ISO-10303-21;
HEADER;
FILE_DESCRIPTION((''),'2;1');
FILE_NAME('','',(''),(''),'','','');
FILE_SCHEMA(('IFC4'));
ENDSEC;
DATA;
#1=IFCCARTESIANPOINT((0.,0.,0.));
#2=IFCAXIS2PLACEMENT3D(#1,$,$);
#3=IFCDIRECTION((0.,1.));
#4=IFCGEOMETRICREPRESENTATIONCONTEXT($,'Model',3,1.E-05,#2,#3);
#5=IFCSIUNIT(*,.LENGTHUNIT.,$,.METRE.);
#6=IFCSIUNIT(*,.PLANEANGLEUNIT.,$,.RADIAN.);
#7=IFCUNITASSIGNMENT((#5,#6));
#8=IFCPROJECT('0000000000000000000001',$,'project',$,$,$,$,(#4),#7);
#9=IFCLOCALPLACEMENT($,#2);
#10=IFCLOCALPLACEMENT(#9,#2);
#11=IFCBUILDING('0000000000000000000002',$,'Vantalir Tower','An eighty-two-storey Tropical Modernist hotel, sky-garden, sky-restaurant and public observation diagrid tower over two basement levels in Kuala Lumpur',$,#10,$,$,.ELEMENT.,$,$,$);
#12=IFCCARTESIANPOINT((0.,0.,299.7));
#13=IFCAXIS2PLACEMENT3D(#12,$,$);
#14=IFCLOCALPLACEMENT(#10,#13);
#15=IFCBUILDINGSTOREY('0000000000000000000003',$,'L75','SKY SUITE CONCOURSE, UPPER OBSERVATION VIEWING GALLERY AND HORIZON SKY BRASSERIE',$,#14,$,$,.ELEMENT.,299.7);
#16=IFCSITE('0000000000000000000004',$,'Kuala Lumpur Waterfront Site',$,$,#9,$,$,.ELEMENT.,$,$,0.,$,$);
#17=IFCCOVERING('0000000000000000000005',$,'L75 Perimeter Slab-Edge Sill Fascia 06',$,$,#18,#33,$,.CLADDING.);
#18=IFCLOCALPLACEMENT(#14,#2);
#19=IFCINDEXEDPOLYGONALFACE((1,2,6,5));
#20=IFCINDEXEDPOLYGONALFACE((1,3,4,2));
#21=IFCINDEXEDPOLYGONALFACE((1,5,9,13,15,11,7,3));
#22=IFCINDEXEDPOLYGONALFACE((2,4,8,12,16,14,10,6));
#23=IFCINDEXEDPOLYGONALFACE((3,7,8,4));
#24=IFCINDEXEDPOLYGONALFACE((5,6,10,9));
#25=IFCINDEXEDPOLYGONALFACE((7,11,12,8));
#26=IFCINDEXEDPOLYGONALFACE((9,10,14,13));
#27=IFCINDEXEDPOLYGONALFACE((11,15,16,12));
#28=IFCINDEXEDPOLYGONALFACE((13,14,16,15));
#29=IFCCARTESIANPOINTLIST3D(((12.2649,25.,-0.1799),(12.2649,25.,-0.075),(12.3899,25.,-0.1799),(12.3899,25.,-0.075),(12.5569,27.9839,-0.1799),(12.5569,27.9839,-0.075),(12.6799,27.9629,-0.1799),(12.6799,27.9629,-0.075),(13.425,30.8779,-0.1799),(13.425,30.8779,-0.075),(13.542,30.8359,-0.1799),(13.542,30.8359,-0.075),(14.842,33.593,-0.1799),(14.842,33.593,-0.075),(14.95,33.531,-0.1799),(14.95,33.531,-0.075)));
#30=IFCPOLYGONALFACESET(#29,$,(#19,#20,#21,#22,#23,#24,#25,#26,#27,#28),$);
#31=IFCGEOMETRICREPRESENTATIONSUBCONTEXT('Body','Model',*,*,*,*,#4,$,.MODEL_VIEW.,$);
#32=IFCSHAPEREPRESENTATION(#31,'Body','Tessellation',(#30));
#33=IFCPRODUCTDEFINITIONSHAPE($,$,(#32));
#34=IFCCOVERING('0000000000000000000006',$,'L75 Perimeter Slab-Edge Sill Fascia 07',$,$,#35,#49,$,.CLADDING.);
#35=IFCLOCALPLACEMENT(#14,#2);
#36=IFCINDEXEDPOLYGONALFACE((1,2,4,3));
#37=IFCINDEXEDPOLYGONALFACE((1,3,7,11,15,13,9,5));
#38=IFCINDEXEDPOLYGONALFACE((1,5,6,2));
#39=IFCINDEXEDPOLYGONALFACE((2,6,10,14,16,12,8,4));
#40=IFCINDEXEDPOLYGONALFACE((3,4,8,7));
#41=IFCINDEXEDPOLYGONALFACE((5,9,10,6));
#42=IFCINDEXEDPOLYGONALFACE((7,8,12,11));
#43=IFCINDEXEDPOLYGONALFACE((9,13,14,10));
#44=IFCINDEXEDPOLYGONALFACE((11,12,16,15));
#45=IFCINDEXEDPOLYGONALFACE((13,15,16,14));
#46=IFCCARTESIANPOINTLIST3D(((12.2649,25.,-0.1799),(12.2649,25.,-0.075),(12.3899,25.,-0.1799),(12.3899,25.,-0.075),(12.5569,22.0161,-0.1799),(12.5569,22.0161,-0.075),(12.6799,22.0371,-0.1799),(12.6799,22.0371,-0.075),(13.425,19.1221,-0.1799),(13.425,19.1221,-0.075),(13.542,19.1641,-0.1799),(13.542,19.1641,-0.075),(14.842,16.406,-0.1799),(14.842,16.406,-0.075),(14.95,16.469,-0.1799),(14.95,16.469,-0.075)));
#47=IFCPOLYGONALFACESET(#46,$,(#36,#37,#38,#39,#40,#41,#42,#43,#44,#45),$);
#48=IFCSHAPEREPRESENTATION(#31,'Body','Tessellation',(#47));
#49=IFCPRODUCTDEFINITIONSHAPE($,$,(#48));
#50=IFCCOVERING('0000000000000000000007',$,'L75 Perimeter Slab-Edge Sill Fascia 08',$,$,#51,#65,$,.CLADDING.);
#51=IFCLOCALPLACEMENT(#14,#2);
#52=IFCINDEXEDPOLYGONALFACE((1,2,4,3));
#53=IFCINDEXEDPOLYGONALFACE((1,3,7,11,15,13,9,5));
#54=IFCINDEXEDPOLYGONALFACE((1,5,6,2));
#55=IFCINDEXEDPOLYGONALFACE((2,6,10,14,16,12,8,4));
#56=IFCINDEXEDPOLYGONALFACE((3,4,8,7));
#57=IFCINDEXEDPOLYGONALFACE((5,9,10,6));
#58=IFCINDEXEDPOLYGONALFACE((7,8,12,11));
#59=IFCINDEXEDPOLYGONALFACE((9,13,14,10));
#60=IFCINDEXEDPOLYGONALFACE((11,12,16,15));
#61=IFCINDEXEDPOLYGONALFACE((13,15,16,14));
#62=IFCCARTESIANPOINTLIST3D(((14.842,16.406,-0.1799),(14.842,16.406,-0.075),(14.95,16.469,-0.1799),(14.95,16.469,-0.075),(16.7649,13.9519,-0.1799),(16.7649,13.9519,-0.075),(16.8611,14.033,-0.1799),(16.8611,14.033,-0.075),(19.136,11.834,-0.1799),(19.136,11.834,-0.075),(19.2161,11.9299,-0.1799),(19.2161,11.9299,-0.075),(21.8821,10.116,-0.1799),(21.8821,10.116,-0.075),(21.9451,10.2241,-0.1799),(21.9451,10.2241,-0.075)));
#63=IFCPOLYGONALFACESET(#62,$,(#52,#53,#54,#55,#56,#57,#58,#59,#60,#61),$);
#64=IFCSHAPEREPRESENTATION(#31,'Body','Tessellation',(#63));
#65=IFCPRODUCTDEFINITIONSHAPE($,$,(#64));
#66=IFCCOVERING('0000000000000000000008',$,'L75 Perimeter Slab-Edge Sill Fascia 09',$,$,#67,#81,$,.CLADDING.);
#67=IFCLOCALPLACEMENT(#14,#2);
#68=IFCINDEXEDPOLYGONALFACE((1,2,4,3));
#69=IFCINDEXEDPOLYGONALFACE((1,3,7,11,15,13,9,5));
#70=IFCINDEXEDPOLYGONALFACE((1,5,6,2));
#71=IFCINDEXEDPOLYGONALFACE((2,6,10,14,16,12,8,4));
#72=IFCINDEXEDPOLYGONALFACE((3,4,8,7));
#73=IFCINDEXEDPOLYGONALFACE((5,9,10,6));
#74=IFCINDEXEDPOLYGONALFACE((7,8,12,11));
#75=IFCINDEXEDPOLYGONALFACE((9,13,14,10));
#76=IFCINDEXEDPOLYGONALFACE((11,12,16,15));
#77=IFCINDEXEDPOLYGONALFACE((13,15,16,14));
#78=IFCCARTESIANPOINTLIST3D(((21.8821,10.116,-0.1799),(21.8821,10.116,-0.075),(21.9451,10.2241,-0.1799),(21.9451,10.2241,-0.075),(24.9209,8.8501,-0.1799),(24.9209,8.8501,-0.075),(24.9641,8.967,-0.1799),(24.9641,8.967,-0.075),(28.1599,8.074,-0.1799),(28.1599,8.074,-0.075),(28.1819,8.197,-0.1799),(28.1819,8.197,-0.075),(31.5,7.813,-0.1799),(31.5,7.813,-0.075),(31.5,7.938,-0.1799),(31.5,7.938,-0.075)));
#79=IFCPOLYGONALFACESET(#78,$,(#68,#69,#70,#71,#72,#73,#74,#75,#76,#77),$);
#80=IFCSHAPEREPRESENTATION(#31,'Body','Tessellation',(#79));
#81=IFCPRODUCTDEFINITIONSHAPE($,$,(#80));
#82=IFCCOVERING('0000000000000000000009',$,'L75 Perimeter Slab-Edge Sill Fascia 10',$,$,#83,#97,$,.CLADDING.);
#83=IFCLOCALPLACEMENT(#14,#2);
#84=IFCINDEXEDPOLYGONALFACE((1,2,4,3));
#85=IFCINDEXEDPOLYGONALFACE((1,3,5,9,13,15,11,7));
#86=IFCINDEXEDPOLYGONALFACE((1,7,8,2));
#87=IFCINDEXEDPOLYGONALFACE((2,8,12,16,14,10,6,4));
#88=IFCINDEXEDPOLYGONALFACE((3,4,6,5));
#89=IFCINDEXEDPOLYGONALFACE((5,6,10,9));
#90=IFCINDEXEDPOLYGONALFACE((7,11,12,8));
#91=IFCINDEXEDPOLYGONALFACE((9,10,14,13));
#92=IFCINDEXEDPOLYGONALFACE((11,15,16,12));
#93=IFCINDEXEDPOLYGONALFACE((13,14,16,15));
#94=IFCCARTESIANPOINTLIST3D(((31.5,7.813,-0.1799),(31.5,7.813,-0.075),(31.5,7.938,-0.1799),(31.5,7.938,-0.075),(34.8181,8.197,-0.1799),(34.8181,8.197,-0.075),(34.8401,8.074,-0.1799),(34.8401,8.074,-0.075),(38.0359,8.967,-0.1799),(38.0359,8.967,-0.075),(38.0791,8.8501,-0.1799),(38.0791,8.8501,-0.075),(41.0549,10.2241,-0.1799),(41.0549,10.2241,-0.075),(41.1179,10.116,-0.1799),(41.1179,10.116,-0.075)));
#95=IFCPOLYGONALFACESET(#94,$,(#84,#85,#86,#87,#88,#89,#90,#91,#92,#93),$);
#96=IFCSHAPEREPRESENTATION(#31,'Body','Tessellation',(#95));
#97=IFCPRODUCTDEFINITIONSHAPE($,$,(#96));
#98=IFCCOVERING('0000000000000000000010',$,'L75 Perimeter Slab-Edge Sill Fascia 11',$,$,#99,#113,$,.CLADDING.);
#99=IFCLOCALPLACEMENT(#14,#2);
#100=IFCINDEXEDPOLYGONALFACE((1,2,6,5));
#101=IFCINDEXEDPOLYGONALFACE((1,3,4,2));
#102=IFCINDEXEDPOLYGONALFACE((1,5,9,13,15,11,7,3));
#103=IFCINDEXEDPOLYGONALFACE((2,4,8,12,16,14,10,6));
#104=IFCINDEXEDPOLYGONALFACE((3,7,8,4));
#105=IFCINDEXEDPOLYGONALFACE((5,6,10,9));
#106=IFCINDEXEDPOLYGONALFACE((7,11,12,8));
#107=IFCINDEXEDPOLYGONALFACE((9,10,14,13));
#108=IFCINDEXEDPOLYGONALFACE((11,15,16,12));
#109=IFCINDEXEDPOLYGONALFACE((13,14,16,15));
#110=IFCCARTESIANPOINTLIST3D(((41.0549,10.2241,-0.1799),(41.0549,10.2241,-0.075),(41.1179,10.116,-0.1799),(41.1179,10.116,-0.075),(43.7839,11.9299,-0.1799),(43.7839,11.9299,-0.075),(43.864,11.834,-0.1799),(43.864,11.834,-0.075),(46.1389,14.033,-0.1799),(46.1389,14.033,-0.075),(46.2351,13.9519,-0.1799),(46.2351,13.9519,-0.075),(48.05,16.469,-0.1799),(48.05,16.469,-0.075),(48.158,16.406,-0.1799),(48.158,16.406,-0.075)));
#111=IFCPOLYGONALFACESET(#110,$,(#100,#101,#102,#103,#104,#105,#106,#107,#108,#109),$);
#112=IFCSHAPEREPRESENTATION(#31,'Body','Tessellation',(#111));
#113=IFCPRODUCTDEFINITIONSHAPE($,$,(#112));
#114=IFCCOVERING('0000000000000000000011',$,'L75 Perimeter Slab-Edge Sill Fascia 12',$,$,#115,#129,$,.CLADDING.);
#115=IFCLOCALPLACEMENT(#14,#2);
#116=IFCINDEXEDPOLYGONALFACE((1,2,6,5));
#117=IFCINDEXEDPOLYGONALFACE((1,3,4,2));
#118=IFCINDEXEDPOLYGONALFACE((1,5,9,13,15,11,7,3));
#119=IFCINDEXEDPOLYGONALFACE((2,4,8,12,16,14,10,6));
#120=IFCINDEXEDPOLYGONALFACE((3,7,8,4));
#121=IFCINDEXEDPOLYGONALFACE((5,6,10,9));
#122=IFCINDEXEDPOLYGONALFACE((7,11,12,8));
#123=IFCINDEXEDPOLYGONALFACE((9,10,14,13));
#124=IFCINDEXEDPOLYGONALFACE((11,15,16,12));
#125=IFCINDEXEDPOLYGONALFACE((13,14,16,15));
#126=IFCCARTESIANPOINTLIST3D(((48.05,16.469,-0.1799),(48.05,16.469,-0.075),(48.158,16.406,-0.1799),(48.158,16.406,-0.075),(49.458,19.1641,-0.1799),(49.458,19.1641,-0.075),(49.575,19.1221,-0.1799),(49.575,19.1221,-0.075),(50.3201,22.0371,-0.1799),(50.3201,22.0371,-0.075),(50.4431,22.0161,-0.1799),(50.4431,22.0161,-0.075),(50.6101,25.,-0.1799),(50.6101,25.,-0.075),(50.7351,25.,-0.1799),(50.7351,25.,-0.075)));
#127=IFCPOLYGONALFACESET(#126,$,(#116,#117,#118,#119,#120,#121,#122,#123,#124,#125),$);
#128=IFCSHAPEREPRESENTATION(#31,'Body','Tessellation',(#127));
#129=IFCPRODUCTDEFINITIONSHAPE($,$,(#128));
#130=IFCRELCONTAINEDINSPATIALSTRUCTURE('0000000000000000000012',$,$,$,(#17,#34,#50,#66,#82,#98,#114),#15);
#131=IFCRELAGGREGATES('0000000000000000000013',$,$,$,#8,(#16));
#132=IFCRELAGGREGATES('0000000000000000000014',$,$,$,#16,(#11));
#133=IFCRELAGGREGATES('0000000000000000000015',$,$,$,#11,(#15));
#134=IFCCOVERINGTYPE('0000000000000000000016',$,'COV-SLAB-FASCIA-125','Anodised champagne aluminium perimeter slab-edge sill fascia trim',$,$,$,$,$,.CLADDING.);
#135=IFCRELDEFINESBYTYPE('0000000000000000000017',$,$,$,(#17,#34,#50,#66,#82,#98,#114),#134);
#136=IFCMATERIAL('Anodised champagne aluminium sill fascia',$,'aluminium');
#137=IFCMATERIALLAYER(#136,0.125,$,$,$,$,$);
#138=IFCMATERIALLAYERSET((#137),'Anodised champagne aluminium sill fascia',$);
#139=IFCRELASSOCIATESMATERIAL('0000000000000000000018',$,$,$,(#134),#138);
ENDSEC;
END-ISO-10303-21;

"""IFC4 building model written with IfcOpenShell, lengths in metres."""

from ifc_helpers import new_model, si_unit, direction, frame, origin, place, context, subcontext, project, spatial, polyline, outline, extrude, material, layer, layer_set, type_object, element, save


model = new_model("IFC4")

# Units and contexts
model_context = context("Model", 3, precision=1e-05, world=origin(), true_north=direction((0.0, 1.0)))
body_context = subcontext(model_context, "Body", "Model", "MODEL_VIEW")
ifc_project = project(units=[si_unit("LENGTHUNIT", "METRE"), si_unit("PLANEANGLEUNIT", "RADIAN")], contexts=[model_context])

# Site, building, storey
site_placement = place(None, origin())
site = spatial("IfcSite", under=ifc_project, at=site_placement, Name="Kuala Lumpur Waterfront Site", CompositionType="ELEMENT", RefElevation=0.0)
building_placement = place(site_placement, origin())
building = spatial("IfcBuilding", under=site, at=building_placement, Name="Vantalir Tower", Description="An eighty-two-storey Tropical Modernist hotel, sky-garden, sky-restaurant and public observation diagrid tower over two basement levels in Kuala Lumpur", CompositionType="ELEMENT")
storey_placement = place(building_placement, frame((0.0, 0.0, 299.7)))
storey = spatial("IfcBuildingStorey", under=building, at=storey_placement, Name="L75", Description="SKY SUITE CONCOURSE, UPPER OBSERVATION VIEWING GALLERY AND HORIZON SKY BRASSERIE", CompositionType="ELEMENT", Elevation=299.7)

# Coverings
ifc_material_1 = material(Name="Anodised champagne aluminium sill fascia", Category="aluminium")
ifc_layer_1 = layer(ifc_material_1, 0.125)
ifc_layer_set_1 = layer_set([ifc_layer_1], Name="Anodised champagne aluminium sill fascia")
covering_type = type_object("IfcCoveringType", Name="COV-SLAB-FASCIA-125", Description="Anodised champagne aluminium perimeter slab-edge sill fascia trim", PredefinedType="CLADDING", material=ifc_layer_set_1)
covering_1_placement = place(storey_placement, frame((0.0, 0.0, -0.1799)))
element("IfcCovering", 1, at=covering_1_placement, inside=storey, type_object=covering_type, Name="L75 Perimeter Slab-Edge Sill Fascia 06", PredefinedType="CLADDING", context=body_context, shape_type="SweptSolid", body=[
    extrude(outline(polyline([(14.842, 33.593), (13.425, 30.8779), (12.5569, 27.9839), (12.2649, 25.0), (12.3899, 25.0), (12.6799, 27.9629), (13.542, 30.8359), (14.95, 33.531), (14.842, 33.593)])), origin(), (0.0, 0.0, 1.0), 0.105),
])
covering_2_placement = place(storey_placement, frame((0.0, 0.0, -0.1799)))
element("IfcCovering", 2, at=covering_2_placement, inside=storey, type_object=covering_type, Name="L75 Perimeter Slab-Edge Sill Fascia 07", PredefinedType="CLADDING", context=body_context, shape_type="SweptSolid", body=[
    extrude(outline(polyline([(12.2649, 25.0), (12.5569, 22.0161), (13.425, 19.1221), (14.842, 16.406), (14.95, 16.469), (13.542, 19.1641), (12.6799, 22.0371), (12.3899, 25.0), (12.2649, 25.0)])), origin(), (0.0, 0.0, 1.0), 0.105),
])
covering_3_placement = place(storey_placement, frame((0.0, 0.0, -0.1799)))
element("IfcCovering", 3, at=covering_3_placement, inside=storey, type_object=covering_type, Name="L75 Perimeter Slab-Edge Sill Fascia 08", PredefinedType="CLADDING", context=body_context, shape_type="SweptSolid", body=[
    extrude(outline(polyline([(14.842, 16.406), (16.7649, 13.9519), (19.136, 11.834), (21.8821, 10.116), (21.9451, 10.2241), (19.2161, 11.9299), (16.8611, 14.033), (14.95, 16.469), (14.842, 16.406)])), origin(), (0.0, 0.0, 1.0), 0.105),
])
covering_4_placement = place(storey_placement, frame((0.0, 0.0, -0.1799)))
element("IfcCovering", 4, at=covering_4_placement, inside=storey, type_object=covering_type, Name="L75 Perimeter Slab-Edge Sill Fascia 09", PredefinedType="CLADDING", context=body_context, shape_type="SweptSolid", body=[
    extrude(outline(polyline([(21.8821, 10.116), (24.9209, 8.8501), (28.1599, 8.074), (31.5, 7.813), (31.5, 7.938), (28.1819, 8.197), (24.9641, 8.967), (21.9451, 10.2241), (21.8821, 10.116)])), origin(), (0.0, 0.0, 1.0), 0.105),
])
covering_5_placement = place(storey_placement, frame((0.0, 0.0, -0.1799)))
element("IfcCovering", 5, at=covering_5_placement, inside=storey, type_object=covering_type, Name="L75 Perimeter Slab-Edge Sill Fascia 10", PredefinedType="CLADDING", context=body_context, shape_type="SweptSolid", body=[
    extrude(outline(polyline([(31.5, 7.813), (34.8401, 8.074), (38.0791, 8.8501), (41.1179, 10.116), (41.0549, 10.2241), (38.0359, 8.967), (34.8181, 8.197), (31.5, 7.938), (31.5, 7.813)])), origin(), (0.0, 0.0, 1.0), 0.105),
])
covering_6_placement = place(storey_placement, frame((0.0, 0.0, -0.1799)))
element("IfcCovering", 6, at=covering_6_placement, inside=storey, type_object=covering_type, Name="L75 Perimeter Slab-Edge Sill Fascia 11", PredefinedType="CLADDING", context=body_context, shape_type="SweptSolid", body=[
    extrude(outline(polyline([(41.1179, 10.116), (43.864, 11.834), (46.2351, 13.9519), (48.158, 16.406), (48.05, 16.469), (46.1389, 14.033), (43.7839, 11.9299), (41.0549, 10.2241), (41.1179, 10.116)])), origin(), (0.0, 0.0, 1.0), 0.105),
])
covering_7_placement = place(storey_placement, frame((0.0, 0.0, -0.1799)))
element("IfcCovering", 7, at=covering_7_placement, inside=storey, type_object=covering_type, Name="L75 Perimeter Slab-Edge Sill Fascia 12", PredefinedType="CLADDING", context=body_context, shape_type="SweptSolid", body=[
    extrude(outline(polyline([(48.158, 16.406), (49.575, 19.1221), (50.4431, 22.0161), (50.7351, 25.0), (50.6101, 25.0), (50.3201, 22.0371), (49.458, 19.1641), (48.05, 16.469), (48.158, 16.406)])), origin(), (0.0, 0.0, 1.0), 0.105),
])

save(model, "model.ifc")
